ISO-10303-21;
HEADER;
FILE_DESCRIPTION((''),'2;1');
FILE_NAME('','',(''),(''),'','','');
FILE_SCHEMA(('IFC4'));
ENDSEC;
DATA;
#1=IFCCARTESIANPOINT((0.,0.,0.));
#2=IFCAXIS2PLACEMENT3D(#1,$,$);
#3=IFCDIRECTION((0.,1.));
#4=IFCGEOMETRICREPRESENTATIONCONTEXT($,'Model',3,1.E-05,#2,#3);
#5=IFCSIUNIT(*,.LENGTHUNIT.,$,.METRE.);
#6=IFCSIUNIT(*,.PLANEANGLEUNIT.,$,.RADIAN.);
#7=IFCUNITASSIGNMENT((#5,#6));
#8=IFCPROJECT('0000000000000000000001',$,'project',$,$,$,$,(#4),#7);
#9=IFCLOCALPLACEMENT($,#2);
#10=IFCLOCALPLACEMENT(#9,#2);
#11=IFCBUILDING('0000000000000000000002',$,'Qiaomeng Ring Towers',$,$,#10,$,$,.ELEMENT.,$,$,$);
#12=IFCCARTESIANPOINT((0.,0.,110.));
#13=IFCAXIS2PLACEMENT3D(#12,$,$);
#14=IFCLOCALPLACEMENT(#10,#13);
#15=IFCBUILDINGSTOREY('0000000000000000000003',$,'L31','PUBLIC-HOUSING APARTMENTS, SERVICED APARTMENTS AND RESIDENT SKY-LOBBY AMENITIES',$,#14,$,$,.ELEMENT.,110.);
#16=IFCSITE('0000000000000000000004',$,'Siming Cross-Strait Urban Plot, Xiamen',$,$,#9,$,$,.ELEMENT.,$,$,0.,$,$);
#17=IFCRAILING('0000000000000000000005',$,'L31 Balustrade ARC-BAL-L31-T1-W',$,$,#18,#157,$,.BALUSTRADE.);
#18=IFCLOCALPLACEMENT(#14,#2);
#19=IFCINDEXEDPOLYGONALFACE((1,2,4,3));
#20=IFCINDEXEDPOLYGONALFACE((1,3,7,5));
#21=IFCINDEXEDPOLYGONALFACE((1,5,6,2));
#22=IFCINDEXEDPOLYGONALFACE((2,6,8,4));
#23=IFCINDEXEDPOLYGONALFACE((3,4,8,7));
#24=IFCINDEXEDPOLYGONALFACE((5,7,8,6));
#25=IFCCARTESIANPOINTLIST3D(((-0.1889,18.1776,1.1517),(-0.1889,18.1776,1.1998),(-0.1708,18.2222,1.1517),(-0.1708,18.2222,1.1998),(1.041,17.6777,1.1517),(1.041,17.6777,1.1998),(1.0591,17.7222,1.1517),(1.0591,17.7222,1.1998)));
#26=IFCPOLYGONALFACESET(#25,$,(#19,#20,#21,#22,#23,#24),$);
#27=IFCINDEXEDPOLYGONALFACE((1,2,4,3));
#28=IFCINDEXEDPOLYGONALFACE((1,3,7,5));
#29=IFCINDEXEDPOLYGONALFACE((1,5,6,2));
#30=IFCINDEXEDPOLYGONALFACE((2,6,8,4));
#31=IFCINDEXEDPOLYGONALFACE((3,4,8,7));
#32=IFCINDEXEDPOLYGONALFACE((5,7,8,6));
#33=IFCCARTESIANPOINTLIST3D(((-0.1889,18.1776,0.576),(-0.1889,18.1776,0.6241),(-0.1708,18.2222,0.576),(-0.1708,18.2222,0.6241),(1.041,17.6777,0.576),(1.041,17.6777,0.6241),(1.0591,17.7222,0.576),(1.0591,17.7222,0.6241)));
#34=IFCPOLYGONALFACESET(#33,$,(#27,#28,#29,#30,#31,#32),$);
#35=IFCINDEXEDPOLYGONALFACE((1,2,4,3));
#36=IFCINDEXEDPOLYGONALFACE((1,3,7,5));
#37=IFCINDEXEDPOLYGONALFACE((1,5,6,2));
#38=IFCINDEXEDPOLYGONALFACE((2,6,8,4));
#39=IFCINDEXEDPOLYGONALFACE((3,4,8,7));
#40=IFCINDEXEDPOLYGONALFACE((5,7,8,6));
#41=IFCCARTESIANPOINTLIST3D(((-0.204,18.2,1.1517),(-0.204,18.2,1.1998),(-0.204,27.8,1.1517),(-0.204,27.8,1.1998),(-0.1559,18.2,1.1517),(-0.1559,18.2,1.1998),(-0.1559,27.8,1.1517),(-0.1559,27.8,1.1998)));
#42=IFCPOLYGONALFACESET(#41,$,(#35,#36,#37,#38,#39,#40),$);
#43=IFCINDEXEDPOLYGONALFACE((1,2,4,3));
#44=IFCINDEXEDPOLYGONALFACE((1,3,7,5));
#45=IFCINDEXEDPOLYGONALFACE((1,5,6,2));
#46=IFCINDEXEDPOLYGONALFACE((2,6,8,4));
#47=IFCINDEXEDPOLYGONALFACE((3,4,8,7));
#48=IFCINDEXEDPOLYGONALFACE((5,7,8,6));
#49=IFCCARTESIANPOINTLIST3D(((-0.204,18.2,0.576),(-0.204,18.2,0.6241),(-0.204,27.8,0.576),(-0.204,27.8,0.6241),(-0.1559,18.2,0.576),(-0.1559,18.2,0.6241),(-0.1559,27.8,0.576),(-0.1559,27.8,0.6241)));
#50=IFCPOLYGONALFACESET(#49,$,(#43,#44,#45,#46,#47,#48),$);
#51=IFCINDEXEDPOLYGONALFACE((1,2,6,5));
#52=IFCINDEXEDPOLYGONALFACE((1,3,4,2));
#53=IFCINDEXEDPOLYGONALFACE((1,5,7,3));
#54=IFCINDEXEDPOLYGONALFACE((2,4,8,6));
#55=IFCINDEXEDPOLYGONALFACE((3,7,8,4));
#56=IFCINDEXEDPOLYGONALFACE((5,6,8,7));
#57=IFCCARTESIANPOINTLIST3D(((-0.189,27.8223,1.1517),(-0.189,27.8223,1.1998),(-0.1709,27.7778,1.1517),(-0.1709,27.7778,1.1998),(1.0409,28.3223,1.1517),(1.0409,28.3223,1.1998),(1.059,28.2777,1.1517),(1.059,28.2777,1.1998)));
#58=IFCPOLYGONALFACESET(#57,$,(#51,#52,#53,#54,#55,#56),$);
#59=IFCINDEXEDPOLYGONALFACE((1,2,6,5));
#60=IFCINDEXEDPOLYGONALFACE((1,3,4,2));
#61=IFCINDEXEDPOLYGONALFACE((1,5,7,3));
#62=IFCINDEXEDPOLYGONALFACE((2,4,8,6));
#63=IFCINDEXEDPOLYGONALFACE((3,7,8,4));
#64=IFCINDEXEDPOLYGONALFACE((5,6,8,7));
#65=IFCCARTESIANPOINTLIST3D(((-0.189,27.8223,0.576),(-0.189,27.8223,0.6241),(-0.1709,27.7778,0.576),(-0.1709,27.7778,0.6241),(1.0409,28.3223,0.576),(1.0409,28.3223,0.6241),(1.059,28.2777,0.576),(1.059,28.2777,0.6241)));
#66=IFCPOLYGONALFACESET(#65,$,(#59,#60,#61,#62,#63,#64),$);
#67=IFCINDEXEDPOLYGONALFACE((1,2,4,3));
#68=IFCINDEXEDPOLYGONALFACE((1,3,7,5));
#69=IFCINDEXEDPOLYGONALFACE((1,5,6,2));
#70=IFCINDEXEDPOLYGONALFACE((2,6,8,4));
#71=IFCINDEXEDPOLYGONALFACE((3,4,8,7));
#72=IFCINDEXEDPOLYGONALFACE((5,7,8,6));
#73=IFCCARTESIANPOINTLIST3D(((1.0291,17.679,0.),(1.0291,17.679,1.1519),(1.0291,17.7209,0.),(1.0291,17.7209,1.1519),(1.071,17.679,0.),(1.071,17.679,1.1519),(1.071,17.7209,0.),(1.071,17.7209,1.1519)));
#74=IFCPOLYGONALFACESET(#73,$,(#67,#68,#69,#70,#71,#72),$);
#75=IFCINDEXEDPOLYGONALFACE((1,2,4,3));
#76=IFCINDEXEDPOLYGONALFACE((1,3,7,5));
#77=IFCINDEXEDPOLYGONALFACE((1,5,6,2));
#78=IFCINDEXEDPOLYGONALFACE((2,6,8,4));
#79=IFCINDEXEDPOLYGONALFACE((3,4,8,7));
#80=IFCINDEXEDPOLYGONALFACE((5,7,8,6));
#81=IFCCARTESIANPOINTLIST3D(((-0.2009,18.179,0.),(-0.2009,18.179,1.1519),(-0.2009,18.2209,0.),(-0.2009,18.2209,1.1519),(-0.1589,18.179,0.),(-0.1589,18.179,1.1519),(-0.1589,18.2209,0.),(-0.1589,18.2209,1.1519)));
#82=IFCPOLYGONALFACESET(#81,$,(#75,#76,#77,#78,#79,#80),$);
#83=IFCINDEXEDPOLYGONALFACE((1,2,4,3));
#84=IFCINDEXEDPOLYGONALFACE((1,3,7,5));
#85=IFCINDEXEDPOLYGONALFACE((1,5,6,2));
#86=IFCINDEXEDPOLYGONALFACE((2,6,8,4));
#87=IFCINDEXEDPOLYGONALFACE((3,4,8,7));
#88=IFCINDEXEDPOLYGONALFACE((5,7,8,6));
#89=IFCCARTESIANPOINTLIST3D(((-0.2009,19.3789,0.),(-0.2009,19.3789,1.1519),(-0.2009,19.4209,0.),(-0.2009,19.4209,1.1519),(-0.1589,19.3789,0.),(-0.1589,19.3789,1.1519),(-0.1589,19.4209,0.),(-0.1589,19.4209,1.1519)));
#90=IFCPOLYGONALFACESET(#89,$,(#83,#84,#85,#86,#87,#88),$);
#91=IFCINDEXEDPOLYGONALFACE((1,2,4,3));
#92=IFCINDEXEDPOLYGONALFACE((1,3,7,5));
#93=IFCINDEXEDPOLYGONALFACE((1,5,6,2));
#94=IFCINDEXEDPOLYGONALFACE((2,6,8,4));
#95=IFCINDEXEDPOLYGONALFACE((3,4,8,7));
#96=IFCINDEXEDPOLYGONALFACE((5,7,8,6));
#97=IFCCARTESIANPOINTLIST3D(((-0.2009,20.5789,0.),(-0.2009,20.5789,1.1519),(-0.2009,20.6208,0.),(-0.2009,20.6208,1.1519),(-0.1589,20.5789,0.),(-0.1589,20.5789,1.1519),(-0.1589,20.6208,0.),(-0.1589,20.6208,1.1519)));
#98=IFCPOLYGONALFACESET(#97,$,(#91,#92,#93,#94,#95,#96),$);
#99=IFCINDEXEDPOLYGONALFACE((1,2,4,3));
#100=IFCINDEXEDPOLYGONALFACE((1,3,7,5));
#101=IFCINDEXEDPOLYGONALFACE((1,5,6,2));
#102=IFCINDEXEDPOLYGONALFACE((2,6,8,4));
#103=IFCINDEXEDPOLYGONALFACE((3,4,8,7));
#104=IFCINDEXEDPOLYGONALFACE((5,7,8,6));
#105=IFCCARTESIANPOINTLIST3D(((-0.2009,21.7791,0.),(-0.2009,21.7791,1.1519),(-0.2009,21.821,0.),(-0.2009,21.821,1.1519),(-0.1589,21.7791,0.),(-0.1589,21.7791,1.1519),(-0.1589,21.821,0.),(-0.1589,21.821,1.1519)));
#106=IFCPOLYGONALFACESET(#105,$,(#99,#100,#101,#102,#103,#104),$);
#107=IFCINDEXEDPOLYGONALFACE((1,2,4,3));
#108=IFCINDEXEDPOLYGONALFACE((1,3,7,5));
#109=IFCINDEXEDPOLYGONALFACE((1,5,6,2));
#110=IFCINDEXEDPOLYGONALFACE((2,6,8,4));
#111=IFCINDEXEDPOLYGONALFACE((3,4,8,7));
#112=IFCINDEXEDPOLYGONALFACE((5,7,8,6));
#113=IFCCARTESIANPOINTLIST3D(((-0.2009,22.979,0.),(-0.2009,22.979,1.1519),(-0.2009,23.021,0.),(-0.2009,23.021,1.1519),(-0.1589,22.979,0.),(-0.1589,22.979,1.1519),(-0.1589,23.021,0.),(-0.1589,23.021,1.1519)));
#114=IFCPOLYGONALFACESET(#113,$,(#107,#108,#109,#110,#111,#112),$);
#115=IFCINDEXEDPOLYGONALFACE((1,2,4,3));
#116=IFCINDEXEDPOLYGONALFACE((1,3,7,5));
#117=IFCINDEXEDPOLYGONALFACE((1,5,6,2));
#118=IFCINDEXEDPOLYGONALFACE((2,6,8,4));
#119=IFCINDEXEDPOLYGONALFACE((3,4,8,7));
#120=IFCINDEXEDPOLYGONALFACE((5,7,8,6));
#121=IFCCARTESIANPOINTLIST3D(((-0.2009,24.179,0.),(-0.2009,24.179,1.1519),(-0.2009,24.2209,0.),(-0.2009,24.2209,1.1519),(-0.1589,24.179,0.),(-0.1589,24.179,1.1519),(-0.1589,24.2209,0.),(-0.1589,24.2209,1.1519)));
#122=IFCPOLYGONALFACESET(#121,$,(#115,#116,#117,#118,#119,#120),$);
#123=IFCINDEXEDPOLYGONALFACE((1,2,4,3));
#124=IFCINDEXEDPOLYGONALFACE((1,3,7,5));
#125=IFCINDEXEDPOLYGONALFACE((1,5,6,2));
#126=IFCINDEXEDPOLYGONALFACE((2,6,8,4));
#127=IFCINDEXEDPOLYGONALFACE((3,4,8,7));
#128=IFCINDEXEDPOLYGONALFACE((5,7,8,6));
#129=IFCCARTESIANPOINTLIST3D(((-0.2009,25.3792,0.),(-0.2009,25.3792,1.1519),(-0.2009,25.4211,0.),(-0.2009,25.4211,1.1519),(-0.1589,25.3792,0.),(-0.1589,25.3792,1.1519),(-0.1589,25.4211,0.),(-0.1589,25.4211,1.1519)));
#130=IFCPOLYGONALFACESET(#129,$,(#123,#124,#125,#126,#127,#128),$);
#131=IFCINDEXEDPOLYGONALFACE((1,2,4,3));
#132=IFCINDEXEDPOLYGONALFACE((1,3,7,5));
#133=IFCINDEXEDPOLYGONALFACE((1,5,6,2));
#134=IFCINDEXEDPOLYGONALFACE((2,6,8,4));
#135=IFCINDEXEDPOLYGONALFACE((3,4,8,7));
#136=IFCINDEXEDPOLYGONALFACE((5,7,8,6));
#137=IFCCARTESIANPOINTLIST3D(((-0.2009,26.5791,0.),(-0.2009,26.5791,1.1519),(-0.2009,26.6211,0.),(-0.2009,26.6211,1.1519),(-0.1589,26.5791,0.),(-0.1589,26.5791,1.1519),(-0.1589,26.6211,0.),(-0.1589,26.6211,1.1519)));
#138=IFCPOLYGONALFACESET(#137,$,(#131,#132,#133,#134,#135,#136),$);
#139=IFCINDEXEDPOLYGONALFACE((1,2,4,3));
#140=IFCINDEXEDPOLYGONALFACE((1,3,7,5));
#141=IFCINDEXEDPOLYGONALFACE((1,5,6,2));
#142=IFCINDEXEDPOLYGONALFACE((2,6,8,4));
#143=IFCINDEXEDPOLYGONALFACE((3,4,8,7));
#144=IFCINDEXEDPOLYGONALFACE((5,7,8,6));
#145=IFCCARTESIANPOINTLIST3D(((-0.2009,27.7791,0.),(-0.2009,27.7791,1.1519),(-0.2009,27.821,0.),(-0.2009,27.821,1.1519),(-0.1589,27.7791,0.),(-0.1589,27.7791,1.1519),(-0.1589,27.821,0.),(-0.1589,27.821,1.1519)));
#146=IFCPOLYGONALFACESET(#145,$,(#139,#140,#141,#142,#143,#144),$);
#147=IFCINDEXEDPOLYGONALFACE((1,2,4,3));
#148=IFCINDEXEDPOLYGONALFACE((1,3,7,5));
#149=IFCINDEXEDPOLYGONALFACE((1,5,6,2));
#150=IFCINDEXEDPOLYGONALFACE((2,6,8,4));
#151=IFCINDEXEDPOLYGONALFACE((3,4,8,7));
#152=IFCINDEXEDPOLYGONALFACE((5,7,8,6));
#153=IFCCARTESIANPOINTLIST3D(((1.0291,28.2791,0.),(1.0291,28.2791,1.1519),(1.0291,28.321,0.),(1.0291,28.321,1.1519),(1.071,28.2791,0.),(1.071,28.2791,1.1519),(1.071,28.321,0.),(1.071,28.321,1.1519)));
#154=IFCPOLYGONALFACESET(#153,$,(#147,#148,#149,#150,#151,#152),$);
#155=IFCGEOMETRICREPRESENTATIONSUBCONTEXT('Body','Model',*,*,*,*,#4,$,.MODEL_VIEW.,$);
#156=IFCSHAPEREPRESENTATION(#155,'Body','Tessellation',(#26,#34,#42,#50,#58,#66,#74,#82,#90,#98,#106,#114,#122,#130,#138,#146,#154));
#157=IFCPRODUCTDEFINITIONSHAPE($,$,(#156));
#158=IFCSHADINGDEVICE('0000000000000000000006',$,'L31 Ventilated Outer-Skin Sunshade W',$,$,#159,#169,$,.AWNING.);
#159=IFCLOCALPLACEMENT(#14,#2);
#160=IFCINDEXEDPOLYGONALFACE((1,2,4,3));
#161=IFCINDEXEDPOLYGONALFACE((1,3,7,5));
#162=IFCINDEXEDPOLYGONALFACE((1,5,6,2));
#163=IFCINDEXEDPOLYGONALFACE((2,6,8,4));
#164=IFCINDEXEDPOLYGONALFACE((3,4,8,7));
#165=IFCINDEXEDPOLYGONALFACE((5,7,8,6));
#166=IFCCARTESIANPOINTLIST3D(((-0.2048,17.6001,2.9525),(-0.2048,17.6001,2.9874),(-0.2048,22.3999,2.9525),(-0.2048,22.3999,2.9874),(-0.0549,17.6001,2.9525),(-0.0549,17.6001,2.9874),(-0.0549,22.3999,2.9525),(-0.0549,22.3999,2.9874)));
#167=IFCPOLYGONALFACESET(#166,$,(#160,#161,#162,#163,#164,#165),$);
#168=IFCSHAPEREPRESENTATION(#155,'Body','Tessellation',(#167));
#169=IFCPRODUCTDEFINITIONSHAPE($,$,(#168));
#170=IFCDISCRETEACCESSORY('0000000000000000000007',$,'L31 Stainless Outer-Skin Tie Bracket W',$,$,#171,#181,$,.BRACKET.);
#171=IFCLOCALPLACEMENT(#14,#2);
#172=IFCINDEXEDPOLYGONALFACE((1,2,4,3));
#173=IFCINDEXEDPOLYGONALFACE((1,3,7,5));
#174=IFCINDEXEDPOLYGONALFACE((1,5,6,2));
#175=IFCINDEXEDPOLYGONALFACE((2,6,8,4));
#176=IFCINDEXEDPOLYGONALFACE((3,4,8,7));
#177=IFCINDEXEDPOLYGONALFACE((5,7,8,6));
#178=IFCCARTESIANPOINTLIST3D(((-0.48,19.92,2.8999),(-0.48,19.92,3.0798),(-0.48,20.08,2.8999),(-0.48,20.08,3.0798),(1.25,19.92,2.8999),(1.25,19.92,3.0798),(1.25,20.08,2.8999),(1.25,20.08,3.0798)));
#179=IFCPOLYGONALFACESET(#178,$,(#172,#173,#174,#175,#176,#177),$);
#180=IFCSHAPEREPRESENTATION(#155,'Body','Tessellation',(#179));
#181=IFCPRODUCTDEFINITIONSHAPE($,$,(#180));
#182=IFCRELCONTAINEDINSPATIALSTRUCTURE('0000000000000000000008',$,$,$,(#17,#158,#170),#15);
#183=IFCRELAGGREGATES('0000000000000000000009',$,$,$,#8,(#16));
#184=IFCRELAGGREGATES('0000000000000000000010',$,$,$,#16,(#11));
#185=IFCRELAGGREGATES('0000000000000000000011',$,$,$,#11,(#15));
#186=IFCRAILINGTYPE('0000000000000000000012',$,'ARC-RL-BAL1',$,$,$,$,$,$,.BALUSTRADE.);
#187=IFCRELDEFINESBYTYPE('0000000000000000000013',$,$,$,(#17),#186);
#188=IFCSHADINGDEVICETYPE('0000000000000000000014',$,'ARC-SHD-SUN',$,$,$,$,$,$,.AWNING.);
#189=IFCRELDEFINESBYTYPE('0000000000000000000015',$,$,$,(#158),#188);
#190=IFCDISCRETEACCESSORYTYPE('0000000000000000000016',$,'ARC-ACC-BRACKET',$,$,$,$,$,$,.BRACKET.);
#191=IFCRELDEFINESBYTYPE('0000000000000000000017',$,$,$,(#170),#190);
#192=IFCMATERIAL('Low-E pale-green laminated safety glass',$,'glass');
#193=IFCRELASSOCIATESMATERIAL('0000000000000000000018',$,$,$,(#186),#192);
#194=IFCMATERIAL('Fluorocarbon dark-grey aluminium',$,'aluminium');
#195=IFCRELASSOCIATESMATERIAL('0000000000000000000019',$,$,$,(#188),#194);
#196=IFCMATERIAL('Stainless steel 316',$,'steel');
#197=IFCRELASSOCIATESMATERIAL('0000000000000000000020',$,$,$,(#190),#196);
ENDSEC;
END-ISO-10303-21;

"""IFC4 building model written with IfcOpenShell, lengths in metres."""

from ifc_helpers import new_model, si_unit, direction, frame, origin, origin_2d, place, context, subcontext, project, spatial, rectangle, extrude, source, transform, mapped, material, material_profile, profile_set, type_object, element, save


model = new_model("IFC4")

# Units and contexts
model_context = context("Model", 3, precision=1e-05, world=origin(), true_north=direction((0.0, 1.0)))
body_context = subcontext(model_context, "Body", "Model", "MODEL_VIEW")
ifc_project = project(units=[si_unit("LENGTHUNIT", "METRE"), si_unit("PLANEANGLEUNIT", "RADIAN")], contexts=[model_context])

# Site, building, storey
site_placement = place(None, origin())
site = spatial("IfcSite", under=ifc_project, at=site_placement, Name="Siming Cross-Strait Urban Plot, Xiamen", CompositionType="ELEMENT", RefElevation=0.0)
building_placement = place(site_placement, origin())
building = spatial("IfcBuilding", under=site, at=building_placement, Name="Qiaomeng Ring Towers", CompositionType="ELEMENT")
storey_placement = place(building_placement, frame((0.0, 0.0, 110.0)))
storey = spatial("IfcBuildingStorey", under=building, at=storey_placement, Name="L31", Description="PUBLIC-HOUSING APARTMENTS, SERVICED APARTMENTS AND RESIDENT SKY-LOBBY AMENITIES", CompositionType="ELEMENT", Elevation=110.0)

# Shared definitions
ifc_material_1 = material(Name="Stainless steel 316", Category="steel")

# Railing
ifc_material_2 = material(Name="Low-E pale-green laminated safety glass", Category="glass")
railing_type = type_object("IfcRailingType", Name="ARC-RL-BAL1", PredefinedType="BALUSTRADE", material=ifc_material_2)
railing_1_placement = place(storey_placement, frame((1.05, 17.7, 0.0)))
element("IfcRailing", 1, at=railing_1_placement, inside=storey, type_object=railing_type, Name="L31 Balustrade ARC-BAL-L31-T1-W", PredefinedType="BALUSTRADE", context=body_context, shape_type="SweptSolid", body=[
    extrude(rectangle(XDim=0.0481, YDim=0.0481, at=origin_2d()), frame((0.0, 0.0, 1.1758), z_axis=(-0.926382, 0.376584, 0.0), x_axis=(-0.376584, -0.926382, 0.0)), (0.0, 0.0, 1.0), 1.3276),
    extrude(rectangle(XDim=0.0481, YDim=0.0481, at=origin_2d()), frame((0.0, 0.0, 0.6001), z_axis=(-0.926382, 0.376584, 0.0), x_axis=(-0.376584, -0.926382, 0.0)), (0.0, 0.0, 1.0), 1.3276),
    extrude(rectangle(XDim=0.0481, YDim=0.0481, at=origin_2d()), frame((-1.23, 0.5, 1.1758), z_axis=(0.0, 1.0, 0.0), x_axis=(-1.0, 0.0, 0.0)), (0.0, 0.0, 1.0), 9.6001),
    extrude(rectangle(XDim=0.0481, YDim=0.0481, at=origin_2d()), frame((-1.23, 0.5, 0.6001), z_axis=(0.0, 1.0, 0.0), x_axis=(-1.0, 0.0, 0.0)), (0.0, 0.0, 1.0), 9.6001),
    extrude(rectangle(XDim=0.0481, YDim=0.0481, at=origin_2d()), frame((-1.23, 10.1001, 1.1758), z_axis=(0.926382, 0.376584, 0.0), x_axis=(-0.376584, 0.926382, 0.0)), (0.0, 0.0, 1.0), 1.3276),
    extrude(rectangle(XDim=0.0481, YDim=0.0481, at=origin_2d()), frame((-1.23, 10.1001, 0.6001), z_axis=(0.926382, 0.376584, 0.0), x_axis=(-0.376584, 0.926382, 0.0)), (0.0, 0.0, 1.0), 1.3276),
    extrude(rectangle(XDim=0.042, YDim=0.042, at=origin_2d()), origin(), (0.0, 0.0, 1.0), 1.1519),
    extrude(rectangle(XDim=0.042, YDim=0.042, at=origin_2d()), frame((-1.23, 0.5, 0.0)), (0.0, 0.0, 1.0), 1.1519),
    extrude(rectangle(XDim=0.042, YDim=0.042, at=origin_2d()), frame((-1.23, 1.7, 0.0)), (0.0, 0.0, 1.0), 1.1519),
    extrude(rectangle(XDim=0.042, YDim=0.042, at=origin_2d()), frame((-1.23, 2.8999, 0.0)), (0.0, 0.0, 1.0), 1.1519),
    extrude(rectangle(XDim=0.042, YDim=0.042, at=origin_2d()), frame((-1.23, 4.1001, 0.0)), (0.0, 0.0, 1.0), 1.1519),
    extrude(rectangle(XDim=0.042, YDim=0.042, at=origin_2d()), frame((-1.23, 5.3, 0.0)), (0.0, 0.0, 1.0), 1.1519),
    extrude(rectangle(XDim=0.042, YDim=0.042, at=origin_2d()), frame((-1.23, 6.5, 0.0)), (0.0, 0.0, 1.0), 1.1519),
    extrude(rectangle(XDim=0.042, YDim=0.042, at=origin_2d()), frame((-1.23, 7.7002, 0.0)), (0.0, 0.0, 1.0), 1.1519),
    extrude(rectangle(XDim=0.042, YDim=0.042, at=origin_2d()), frame((-1.23, 8.9001, 0.0)), (0.0, 0.0, 1.0), 1.1519),
    extrude(rectangle(XDim=0.042, YDim=0.042, at=origin_2d()), frame((-1.23, 10.1001, 0.0)), (0.0, 0.0, 1.0), 1.1519),
    extrude(rectangle(XDim=0.042, YDim=0.042, at=origin_2d()), frame((0.0, 10.6001, 0.0)), (0.0, 0.0, 1.0), 1.1519),
])

# Shading device
ifc_material_3 = material(Name="Fluorocarbon dark-grey aluminium", Category="aluminium")
ifc_material_profile_1 = material_profile(ifc_material_3, rectangle(XDim=0.1499, YDim=0.0349, at=origin_2d()), Name="LV BLADE 150x35")
ifc_profile_set_1 = profile_set([ifc_material_profile_1], Name="Fluorocarbon dark-grey aluminium")
shading_device_type = type_object("IfcShadingDeviceType", Name="ARC-SHD-SUN", PredefinedType="AWNING", material=ifc_profile_set_1)
shared_shape_1 = source(origin(), body_context, "Body", "SweptSolid", [
    extrude(rectangle(XDim=0.1499, YDim=0.0349, at=origin_2d()), origin(), (0.0, 0.0, 1.0), 4.7998),
])
shading_device_placement = place(storey_placement, frame((-0.1299, 17.6001, 2.97), z_axis=(0.0, 1.0, 0.0), x_axis=(-1.0, 0.0, 0.0)))
element("IfcShadingDevice", 2, at=shading_device_placement, inside=storey, type_object=shading_device_type, Name="L31 Ventilated Outer-Skin Sunshade W", PredefinedType="AWNING", context=body_context, shape_type="MappedRepresentation", body=[
    mapped(shared_shape_1, transform((0.0, 0.0, 0.0), x_axis=(1.0, 0.0, 0.0), y_axis=(0.0, 1.0, 0.0), z_axis=(0.0, 0.0, 1.0), scale=1.0)),
])

# Discrete accessory
discrete_accessory_type = type_object("IfcDiscreteAccessoryType", Name="ARC-ACC-BRACKET", PredefinedType="BRACKET", material=ifc_material_1)
shared_shape_2 = source(origin(), body_context, "Body", "SweptSolid", [
    extrude(rectangle(XDim=1.73, YDim=0.1599, at=origin_2d()), origin(), (0.0, 0.0, 1.0), 0.1799),
])
discrete_accessory_placement = place(storey_placement, frame((0.385, 20.0, 2.8999), z_axis=(0.0, 0.0, 1.0), x_axis=(1.0, 0.0, 0.0)))
element("IfcDiscreteAccessory", 3, at=discrete_accessory_placement, inside=storey, type_object=discrete_accessory_type, Name="L31 Stainless Outer-Skin Tie Bracket W", PredefinedType="BRACKET", context=body_context, shape_type="MappedRepresentation", body=[
    mapped(shared_shape_2, transform((0.0, 0.0, 0.0), x_axis=(1.0, 0.0, 0.0), y_axis=(0.0, 1.0, 0.0), z_axis=(0.0, 0.0, 1.0), scale=1.0)),
])

save(model, "model.ifc")
